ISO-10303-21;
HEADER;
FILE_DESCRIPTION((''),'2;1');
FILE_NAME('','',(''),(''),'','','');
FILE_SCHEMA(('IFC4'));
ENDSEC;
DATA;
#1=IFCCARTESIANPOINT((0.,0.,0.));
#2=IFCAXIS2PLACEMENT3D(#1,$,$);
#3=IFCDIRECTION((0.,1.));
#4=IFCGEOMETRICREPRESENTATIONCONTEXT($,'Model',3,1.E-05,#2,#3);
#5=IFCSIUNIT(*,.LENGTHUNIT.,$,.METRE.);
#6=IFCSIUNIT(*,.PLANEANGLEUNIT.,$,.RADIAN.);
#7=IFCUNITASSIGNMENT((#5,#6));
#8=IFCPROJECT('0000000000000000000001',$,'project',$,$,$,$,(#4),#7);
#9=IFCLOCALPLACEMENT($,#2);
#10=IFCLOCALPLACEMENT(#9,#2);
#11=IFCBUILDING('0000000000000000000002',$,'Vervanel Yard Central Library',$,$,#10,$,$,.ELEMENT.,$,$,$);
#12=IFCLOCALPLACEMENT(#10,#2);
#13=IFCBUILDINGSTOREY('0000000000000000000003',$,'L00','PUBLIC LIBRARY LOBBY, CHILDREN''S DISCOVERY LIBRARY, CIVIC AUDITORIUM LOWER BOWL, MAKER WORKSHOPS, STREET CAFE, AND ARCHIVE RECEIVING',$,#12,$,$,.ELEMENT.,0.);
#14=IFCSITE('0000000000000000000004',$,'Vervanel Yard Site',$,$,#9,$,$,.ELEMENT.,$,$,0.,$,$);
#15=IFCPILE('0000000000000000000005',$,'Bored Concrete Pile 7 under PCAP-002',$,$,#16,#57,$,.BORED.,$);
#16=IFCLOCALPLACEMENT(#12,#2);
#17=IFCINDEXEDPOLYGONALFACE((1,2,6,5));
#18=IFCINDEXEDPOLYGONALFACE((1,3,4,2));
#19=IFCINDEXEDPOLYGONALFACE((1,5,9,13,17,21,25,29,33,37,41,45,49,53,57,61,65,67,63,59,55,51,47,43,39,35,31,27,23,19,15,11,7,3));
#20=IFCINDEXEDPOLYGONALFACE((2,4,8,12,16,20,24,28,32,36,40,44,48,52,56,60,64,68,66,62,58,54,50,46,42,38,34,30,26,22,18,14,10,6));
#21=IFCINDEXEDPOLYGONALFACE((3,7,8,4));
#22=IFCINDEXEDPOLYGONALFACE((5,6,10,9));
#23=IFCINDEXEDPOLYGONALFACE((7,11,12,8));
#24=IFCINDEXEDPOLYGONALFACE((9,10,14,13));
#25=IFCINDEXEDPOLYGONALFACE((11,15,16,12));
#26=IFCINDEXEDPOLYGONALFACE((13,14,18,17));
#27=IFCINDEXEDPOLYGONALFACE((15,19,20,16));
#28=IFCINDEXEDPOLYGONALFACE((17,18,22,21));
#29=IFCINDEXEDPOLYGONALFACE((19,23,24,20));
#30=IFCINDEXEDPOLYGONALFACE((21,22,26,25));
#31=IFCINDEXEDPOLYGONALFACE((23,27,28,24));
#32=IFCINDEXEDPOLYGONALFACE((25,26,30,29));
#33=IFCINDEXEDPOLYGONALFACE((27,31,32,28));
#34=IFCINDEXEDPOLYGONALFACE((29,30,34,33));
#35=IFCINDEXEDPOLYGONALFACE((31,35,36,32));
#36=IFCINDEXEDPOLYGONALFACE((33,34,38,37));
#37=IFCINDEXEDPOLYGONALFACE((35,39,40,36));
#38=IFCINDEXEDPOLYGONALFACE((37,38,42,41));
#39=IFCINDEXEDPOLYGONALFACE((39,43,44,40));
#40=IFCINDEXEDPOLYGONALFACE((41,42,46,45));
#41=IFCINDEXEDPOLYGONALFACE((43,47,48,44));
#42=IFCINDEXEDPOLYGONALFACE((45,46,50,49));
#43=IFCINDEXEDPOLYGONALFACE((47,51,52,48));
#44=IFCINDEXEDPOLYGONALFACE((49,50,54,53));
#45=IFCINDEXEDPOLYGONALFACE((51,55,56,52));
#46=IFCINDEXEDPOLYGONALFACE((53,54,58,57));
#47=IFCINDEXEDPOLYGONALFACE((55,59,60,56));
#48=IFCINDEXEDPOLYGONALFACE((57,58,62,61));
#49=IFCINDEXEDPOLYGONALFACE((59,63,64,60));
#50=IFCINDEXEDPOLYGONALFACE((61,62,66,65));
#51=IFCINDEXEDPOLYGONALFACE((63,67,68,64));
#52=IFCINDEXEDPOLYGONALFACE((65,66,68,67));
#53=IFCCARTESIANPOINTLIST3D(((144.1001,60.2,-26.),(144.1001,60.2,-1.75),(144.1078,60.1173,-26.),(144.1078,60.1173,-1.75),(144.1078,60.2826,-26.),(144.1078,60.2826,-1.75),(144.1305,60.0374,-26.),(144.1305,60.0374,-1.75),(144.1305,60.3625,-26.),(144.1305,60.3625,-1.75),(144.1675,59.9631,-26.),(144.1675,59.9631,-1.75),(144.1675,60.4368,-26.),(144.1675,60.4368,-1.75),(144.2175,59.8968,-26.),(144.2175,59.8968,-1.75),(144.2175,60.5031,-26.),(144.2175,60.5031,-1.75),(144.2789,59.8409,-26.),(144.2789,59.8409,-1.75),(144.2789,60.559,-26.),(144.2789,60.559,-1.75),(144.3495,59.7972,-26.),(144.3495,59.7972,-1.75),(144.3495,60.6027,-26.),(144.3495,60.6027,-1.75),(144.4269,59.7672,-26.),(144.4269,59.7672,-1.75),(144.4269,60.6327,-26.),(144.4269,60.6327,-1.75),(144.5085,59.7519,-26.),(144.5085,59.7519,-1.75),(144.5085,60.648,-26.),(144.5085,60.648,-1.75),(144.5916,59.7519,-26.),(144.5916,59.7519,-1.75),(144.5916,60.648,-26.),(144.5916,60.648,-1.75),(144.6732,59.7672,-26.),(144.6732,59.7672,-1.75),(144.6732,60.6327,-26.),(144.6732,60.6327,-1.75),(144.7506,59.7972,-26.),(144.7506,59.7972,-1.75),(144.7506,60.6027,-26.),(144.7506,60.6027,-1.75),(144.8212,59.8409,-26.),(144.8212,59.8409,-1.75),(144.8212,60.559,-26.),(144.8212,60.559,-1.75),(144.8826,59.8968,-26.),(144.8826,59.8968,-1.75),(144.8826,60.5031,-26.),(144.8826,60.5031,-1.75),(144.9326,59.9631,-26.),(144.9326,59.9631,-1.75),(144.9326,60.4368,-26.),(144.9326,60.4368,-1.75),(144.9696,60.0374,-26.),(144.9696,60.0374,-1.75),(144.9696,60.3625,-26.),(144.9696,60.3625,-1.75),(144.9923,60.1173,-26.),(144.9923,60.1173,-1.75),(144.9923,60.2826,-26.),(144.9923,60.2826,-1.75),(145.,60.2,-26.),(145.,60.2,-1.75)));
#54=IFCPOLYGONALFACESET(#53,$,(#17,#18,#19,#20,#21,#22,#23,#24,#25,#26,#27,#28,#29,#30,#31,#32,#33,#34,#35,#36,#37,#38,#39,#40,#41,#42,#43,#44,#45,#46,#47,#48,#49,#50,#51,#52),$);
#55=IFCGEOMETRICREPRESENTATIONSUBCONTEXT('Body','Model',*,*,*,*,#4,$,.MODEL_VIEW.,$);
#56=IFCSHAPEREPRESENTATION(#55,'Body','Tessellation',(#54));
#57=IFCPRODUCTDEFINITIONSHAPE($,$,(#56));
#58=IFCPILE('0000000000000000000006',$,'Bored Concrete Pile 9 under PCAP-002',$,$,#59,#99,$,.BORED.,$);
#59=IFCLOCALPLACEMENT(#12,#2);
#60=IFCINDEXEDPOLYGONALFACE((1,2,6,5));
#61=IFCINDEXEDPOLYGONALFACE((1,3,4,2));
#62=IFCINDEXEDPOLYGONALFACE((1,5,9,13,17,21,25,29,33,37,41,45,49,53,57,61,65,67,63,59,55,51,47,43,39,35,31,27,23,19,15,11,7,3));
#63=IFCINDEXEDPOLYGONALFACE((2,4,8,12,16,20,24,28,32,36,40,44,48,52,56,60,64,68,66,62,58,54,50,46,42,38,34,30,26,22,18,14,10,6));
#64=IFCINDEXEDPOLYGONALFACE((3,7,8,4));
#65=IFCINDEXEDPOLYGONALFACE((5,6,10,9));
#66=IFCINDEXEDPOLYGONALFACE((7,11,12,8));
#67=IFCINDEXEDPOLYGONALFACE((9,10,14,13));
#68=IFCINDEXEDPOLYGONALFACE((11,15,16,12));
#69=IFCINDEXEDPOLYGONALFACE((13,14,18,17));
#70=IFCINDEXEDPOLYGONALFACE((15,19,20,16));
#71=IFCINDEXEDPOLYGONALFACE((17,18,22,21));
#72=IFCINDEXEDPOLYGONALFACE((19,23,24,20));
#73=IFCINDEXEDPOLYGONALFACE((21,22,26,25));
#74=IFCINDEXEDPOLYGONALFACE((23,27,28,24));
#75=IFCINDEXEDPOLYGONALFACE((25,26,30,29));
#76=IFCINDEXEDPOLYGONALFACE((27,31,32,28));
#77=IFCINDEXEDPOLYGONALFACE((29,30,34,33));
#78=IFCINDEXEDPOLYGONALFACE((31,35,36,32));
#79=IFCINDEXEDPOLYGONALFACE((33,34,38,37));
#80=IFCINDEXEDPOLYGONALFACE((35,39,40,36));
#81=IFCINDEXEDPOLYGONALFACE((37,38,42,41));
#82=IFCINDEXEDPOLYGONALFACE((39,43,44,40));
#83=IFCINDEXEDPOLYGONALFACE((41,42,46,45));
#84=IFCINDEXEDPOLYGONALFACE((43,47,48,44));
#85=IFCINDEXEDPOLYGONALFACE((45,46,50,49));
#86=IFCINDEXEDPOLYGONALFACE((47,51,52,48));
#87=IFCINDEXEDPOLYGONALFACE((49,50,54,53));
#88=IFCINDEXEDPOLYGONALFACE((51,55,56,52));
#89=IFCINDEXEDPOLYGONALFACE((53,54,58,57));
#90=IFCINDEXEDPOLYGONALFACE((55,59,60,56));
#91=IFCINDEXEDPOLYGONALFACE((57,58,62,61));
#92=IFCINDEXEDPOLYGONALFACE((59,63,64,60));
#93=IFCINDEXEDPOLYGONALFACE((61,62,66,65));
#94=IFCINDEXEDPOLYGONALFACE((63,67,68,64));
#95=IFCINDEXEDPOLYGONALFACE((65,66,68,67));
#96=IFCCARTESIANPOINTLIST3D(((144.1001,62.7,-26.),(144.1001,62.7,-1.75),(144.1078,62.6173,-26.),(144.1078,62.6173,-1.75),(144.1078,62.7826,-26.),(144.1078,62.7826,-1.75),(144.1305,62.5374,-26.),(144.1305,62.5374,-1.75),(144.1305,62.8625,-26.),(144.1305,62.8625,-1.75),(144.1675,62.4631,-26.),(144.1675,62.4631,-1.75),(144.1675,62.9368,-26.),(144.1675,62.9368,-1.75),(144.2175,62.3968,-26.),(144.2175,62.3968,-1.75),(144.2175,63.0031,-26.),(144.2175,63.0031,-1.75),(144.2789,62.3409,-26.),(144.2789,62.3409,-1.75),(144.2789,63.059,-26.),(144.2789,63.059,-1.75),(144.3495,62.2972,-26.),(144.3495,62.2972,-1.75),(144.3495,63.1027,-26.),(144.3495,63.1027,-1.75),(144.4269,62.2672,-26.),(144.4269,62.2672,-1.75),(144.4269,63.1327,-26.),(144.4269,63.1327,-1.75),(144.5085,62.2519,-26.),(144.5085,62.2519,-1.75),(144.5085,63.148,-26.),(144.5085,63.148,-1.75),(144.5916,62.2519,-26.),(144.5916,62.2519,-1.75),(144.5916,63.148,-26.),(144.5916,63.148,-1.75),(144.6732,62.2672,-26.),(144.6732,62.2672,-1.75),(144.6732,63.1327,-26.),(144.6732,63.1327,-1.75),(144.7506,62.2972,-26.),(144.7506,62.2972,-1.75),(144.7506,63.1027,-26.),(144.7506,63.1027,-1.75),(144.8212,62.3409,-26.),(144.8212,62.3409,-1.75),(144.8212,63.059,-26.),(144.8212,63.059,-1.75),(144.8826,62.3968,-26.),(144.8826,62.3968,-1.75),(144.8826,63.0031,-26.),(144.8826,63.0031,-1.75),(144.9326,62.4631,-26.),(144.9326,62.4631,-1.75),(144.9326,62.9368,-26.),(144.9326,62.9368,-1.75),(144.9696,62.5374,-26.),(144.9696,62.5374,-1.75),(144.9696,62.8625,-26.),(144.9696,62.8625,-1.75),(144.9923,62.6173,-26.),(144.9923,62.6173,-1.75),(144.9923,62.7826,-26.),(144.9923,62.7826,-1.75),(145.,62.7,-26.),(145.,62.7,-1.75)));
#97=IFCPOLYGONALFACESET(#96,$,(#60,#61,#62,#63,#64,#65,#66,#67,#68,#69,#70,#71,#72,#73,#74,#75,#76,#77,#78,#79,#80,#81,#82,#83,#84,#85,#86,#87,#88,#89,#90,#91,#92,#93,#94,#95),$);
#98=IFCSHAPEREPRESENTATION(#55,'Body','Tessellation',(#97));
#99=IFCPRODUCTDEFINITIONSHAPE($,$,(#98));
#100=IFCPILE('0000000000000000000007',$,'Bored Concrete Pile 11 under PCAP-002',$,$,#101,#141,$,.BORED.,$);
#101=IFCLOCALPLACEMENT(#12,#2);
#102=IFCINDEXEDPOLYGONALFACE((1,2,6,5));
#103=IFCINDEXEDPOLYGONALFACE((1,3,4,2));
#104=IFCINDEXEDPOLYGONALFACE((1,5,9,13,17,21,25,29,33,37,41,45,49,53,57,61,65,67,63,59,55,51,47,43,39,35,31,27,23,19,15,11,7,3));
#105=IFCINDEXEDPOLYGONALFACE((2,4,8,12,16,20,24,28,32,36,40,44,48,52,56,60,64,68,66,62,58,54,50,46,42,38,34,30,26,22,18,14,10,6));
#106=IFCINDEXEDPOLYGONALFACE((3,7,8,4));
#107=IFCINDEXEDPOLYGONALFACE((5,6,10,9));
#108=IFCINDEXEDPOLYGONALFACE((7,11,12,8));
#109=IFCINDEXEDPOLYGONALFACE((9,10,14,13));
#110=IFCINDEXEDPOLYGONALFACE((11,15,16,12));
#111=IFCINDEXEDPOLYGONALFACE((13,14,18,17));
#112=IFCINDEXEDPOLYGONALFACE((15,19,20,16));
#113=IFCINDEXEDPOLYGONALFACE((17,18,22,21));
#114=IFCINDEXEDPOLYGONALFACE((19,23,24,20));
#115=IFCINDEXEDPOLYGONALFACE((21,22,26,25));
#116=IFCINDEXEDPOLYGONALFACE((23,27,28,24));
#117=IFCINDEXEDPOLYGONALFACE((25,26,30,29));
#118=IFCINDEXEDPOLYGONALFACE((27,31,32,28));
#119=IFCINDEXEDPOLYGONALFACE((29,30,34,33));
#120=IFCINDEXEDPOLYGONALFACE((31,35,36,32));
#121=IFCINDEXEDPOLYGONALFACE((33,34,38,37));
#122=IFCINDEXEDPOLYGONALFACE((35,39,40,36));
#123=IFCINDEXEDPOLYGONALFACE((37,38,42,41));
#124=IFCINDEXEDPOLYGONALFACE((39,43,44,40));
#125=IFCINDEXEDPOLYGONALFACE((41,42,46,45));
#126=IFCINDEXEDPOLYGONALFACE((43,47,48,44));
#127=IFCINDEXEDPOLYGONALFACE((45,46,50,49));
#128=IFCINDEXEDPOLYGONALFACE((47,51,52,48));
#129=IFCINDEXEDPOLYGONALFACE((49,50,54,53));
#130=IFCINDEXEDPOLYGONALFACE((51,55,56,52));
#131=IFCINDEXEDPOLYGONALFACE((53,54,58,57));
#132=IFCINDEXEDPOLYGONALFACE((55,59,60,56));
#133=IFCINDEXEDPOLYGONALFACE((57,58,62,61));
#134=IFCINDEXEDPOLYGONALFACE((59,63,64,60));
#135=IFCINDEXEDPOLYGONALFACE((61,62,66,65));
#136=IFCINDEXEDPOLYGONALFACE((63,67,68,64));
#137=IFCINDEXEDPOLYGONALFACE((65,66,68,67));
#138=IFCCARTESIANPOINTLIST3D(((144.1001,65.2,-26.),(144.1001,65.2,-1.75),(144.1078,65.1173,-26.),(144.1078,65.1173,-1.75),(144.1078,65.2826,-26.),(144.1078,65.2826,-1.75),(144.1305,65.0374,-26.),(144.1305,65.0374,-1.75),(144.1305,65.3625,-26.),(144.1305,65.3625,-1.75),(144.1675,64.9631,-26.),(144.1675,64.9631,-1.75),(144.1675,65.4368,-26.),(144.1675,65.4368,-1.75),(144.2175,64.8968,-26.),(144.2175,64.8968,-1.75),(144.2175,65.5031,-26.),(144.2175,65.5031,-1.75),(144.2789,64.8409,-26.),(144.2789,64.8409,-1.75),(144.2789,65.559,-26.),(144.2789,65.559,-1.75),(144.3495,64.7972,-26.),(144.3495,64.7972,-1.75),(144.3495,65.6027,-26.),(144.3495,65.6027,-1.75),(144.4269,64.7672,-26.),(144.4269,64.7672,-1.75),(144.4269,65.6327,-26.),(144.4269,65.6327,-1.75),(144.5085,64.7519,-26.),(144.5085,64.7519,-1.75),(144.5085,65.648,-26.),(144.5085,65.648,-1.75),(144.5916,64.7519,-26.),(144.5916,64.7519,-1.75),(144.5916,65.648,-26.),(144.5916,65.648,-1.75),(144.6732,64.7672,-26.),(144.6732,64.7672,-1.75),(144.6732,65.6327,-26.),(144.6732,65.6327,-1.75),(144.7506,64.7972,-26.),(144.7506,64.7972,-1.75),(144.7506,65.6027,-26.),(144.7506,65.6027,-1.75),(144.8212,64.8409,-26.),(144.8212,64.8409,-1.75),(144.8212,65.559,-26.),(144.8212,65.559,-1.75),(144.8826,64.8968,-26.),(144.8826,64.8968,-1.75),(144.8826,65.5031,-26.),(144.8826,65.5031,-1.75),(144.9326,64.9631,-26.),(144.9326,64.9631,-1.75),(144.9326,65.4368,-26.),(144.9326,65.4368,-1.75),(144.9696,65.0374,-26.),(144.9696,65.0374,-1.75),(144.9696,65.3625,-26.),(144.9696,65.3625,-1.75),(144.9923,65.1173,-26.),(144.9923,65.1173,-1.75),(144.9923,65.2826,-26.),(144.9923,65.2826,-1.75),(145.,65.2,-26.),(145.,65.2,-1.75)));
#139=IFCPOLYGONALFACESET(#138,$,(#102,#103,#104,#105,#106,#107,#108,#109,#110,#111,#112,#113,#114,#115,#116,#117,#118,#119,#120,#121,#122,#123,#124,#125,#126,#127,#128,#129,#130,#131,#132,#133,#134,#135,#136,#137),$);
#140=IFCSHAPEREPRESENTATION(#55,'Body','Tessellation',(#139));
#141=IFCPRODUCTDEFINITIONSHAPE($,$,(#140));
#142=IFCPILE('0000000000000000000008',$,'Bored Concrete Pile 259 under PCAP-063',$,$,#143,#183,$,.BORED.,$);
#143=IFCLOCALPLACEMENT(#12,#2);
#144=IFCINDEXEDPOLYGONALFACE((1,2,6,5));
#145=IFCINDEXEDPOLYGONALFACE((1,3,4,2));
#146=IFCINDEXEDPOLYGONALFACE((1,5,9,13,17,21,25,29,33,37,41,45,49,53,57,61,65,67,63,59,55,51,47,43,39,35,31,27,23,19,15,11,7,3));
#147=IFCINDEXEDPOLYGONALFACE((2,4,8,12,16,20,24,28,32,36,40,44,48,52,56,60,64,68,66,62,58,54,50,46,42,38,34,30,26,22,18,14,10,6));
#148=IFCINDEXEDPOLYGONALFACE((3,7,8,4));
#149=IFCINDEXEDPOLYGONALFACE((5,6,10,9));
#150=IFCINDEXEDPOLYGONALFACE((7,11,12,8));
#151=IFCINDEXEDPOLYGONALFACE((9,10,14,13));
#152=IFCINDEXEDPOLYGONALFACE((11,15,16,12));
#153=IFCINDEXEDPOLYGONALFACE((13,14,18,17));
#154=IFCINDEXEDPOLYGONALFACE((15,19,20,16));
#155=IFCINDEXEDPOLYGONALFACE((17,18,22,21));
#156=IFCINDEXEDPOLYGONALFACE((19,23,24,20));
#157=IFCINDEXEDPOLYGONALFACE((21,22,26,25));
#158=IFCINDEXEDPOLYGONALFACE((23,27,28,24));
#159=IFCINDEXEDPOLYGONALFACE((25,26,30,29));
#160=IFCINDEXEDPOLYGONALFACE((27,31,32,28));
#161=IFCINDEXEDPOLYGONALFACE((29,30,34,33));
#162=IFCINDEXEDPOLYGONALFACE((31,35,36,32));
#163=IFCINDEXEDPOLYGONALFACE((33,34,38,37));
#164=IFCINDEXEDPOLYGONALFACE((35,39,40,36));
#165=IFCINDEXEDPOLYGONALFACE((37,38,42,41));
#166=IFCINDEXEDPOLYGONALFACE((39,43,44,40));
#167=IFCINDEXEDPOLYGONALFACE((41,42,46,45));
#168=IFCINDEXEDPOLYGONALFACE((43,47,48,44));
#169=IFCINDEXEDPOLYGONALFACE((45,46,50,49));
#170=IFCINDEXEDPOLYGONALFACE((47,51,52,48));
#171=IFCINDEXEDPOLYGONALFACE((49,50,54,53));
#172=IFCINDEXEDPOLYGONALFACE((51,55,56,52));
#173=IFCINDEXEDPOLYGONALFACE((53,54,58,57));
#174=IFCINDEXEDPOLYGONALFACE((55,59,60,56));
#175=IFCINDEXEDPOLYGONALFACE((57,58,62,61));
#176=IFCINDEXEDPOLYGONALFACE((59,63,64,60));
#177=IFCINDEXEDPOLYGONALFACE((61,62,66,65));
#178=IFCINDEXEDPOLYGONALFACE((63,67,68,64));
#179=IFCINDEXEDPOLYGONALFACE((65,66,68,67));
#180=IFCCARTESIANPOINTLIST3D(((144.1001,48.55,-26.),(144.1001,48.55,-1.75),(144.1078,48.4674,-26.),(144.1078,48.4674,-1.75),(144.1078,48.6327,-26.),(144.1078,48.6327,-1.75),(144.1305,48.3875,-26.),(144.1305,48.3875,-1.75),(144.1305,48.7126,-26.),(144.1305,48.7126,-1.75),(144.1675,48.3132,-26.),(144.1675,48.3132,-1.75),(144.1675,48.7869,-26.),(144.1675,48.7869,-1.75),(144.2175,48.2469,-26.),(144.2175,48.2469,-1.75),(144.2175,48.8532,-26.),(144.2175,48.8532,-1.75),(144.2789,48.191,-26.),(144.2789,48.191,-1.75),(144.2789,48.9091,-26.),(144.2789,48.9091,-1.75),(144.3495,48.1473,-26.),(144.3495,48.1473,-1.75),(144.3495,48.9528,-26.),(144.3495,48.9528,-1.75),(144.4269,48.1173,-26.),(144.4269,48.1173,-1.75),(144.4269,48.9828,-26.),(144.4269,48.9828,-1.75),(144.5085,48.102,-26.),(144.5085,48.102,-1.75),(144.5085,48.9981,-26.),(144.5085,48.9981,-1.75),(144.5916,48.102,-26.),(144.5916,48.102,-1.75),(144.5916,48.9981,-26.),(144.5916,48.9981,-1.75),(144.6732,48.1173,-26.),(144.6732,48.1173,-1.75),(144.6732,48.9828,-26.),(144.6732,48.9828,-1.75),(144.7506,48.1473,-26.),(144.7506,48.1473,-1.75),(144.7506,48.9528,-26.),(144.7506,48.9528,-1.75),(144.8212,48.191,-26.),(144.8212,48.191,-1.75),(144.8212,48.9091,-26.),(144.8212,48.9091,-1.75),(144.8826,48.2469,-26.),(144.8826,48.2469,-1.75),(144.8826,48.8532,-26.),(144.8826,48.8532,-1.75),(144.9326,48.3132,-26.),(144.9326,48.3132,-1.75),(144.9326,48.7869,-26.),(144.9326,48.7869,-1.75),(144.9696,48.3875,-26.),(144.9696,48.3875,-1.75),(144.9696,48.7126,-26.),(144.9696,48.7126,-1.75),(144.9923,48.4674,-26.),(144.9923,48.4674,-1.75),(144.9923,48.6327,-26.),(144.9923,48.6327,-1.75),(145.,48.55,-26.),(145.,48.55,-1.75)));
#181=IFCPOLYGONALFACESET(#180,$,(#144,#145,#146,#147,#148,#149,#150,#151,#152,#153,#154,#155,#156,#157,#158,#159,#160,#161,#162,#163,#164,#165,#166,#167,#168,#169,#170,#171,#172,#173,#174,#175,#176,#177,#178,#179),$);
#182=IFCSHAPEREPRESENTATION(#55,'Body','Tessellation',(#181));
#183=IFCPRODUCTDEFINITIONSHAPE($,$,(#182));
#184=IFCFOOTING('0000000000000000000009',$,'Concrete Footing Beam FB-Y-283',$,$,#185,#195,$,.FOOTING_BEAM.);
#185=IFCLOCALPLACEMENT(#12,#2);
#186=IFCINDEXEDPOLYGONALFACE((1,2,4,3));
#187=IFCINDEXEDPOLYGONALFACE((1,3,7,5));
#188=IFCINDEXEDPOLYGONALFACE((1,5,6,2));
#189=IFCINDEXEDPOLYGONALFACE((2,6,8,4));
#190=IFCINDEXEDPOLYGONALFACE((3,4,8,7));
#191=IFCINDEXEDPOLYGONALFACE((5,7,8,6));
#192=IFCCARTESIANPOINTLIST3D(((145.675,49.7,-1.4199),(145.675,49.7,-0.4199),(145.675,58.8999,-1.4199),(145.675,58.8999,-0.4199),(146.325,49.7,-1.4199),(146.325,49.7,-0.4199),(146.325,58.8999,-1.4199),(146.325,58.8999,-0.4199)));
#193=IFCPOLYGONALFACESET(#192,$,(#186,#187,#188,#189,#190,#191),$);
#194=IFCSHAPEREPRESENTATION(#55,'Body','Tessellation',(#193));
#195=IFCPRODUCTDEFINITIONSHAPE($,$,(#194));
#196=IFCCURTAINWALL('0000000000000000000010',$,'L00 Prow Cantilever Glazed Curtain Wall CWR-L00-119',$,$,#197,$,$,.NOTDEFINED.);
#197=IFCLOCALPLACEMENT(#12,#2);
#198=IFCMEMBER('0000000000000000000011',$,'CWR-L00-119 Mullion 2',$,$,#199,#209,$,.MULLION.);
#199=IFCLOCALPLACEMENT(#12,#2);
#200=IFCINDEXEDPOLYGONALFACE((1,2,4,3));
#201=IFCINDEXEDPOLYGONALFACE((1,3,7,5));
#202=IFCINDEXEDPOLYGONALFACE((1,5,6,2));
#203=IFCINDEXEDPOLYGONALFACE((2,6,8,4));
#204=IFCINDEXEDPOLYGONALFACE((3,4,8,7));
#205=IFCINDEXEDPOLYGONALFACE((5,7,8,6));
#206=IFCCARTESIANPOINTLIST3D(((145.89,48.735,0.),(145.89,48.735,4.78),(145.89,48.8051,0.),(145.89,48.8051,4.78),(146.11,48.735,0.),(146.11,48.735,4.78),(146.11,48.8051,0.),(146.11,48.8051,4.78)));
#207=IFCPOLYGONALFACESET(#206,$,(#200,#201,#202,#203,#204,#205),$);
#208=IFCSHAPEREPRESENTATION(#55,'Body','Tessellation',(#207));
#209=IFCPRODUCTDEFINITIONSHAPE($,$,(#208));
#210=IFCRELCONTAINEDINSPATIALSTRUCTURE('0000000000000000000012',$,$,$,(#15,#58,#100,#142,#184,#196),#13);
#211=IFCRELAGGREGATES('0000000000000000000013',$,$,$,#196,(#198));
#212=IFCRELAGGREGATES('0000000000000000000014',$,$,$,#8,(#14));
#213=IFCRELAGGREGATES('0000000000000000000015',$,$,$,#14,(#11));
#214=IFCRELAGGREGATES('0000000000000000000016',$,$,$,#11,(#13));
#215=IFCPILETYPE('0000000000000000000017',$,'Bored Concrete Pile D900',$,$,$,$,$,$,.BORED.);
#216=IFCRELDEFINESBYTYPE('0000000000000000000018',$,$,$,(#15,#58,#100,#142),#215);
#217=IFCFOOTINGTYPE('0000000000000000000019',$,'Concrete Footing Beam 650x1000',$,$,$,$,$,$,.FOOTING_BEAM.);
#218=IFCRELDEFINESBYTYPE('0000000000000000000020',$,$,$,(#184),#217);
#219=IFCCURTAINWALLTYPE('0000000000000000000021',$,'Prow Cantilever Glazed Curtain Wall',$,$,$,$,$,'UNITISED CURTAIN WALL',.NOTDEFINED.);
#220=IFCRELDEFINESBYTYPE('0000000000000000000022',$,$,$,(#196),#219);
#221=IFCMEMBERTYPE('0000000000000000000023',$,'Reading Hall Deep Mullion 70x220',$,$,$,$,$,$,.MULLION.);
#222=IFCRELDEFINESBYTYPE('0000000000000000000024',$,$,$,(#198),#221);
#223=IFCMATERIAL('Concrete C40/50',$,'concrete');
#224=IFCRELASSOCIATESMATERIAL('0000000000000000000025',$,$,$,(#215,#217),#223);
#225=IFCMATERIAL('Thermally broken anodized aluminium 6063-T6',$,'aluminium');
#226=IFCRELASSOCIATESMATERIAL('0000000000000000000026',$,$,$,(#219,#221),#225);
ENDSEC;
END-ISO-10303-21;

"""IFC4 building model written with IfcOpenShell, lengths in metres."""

from ifc_helpers import new_model, si_unit, direction, frame, origin, origin_2d, place, context, subcontext, project, spatial, rectangle, circle, extrude, material, material_profile, profile_set, type_object, element, aggregate, save


model = new_model("IFC4")

# Units and contexts
model_context = context("Model", 3, precision=1e-05, world=origin(), true_north=direction((0.0, 1.0)))
body_context = subcontext(model_context, "Body", "Model", "MODEL_VIEW")
ifc_project = project(units=[si_unit("LENGTHUNIT", "METRE"), si_unit("PLANEANGLEUNIT", "RADIAN")], contexts=[model_context])

# Site, building, storey
site_placement = place(None, origin())
site = spatial("IfcSite", under=ifc_project, at=site_placement, Name="Vervanel Yard Site", CompositionType="ELEMENT", RefElevation=0.0)
building_placement = place(site_placement, origin())
building = spatial("IfcBuilding", under=site, at=building_placement, Name="Vervanel Yard Central Library", CompositionType="ELEMENT")
storey_placement = place(building_placement, origin())
storey = spatial("IfcBuildingStorey", under=building, at=storey_placement, Name="L00", Description="PUBLIC LIBRARY LOBBY, CHILDREN'S DISCOVERY LIBRARY, CIVIC AUDITORIUM LOWER BOWL, MAKER WORKSHOPS, STREET CAFE, AND ARCHIVE RECEIVING", CompositionType="ELEMENT", Elevation=0.0)

# Piles
ifc_material_1 = material(Name="Concrete C40/50", Category="concrete")
ifc_material_profile_1 = material_profile(ifc_material_1, circle(Radius=0.45, at=origin_2d()), Name="BP D900", Category="concrete")
ifc_profile_set_1 = profile_set([ifc_material_profile_1], Name="Concrete C40/50")
pile_type = type_object("IfcPileType", Name="Bored Concrete Pile D900", PredefinedType="BORED", material=ifc_profile_set_1)
for number, where, z_axis, x_axis, name in (
    (1, (144.55, 60.2, -1.75), (0.0, 0.0, -1.0), (1.0, 0.0, 0.0), "Bored Concrete Pile 7 under PCAP-002"),
    (2, (144.55, 62.7, -1.75), (0.0, 0.0, -1.0), (1.0, 0.0, 0.0), "Bored Concrete Pile 9 under PCAP-002"),
    (3, (144.55, 65.2, -1.75), (0.0, 0.0, -1.0), (1.0, 0.0, 0.0), "Bored Concrete Pile 11 under PCAP-002"),
    (4, (144.55, 48.55, -1.75), (0.0, 0.0, -1.0), (1.0, 0.0, 0.0), "Bored Concrete Pile 259 under PCAP-063"),
):
    element("IfcPile", number, at=place(storey_placement, frame(where, z_axis=z_axis, x_axis=x_axis)), inside=storey, type_object=pile_type, Name=name, PredefinedType="BORED", context=body_context, shape_type="SweptSolid", body=[
        extrude(circle(Radius=0.45, at=origin_2d()), origin(), (0.0, 0.0, 1.0), 24.25),
    ])

# Footing
ifc_material_profile_2 = material_profile(ifc_material_1, rectangle(XDim=0.6499, YDim=1.0, at=origin_2d()), Name="RC 650x1000", Category="concrete")
ifc_profile_set_2 = profile_set([ifc_material_profile_2], Name="Concrete C40/50")
footing_type = type_object("IfcFootingType", Name="Concrete Footing Beam 650x1000", PredefinedType="FOOTING_BEAM", material=ifc_profile_set_2)
footing_placement = place(storey_placement, frame((146.0, 49.7, -0.9199), z_axis=(0.0, 1.0, 0.0), x_axis=(-1.0, 0.0, 0.0)))
element("IfcFooting", 5, at=footing_placement, inside=storey, type_object=footing_type, Name="Concrete Footing Beam FB-Y-283", PredefinedType="FOOTING_BEAM", context=body_context, shape_type="SweptSolid", body=[
    extrude(rectangle(XDim=0.6499, YDim=1.0, at=origin_2d()), origin(), (0.0, 0.0, 1.0), 9.2),
])

# Curtain wall, member
ifc_material_2 = material(Name="Thermally broken anodized aluminium 6063-T6", Category="aluminium")
curtain_wall_type = type_object("IfcCurtainWallType", Name="Prow Cantilever Glazed Curtain Wall", ElementType="UNITISED CURTAIN WALL", PredefinedType="NOTDEFINED", material=ifc_material_2)
curtain_wall_placement = place(storey_placement, origin())
curtain_wall = element("IfcCurtainWall", 6, at=curtain_wall_placement, inside=storey, type_object=curtain_wall_type, Name="L00 Prow Cantilever Glazed Curtain Wall CWR-L00-119", PredefinedType="NOTDEFINED")
ifc_material_profile_3 = material_profile(ifc_material_2, rectangle(XDim=0.0701, YDim=0.22, at=origin_2d()), Name="ALU 70x220", Category="aluminium")
ifc_profile_set_3 = profile_set([ifc_material_profile_3], Name="Thermally broken anodized aluminium 6063-T6")
member_type_1 = type_object("IfcMemberType", Name="Reading Hall Deep Mullion 70x220", PredefinedType="MULLION", material=ifc_profile_set_3)
member_1_placement = place(storey_placement, frame((146.0, 48.77, 0.0), z_axis=(0.0, 0.0, 1.0), x_axis=(0.0, 1.0, 0.0)))
member_1 = element("IfcMember", 7, at=member_1_placement, type_object=member_type_1, Name="CWR-L00-119 Mullion 2", PredefinedType="MULLION", context=body_context, shape_type="SweptSolid", body=[
    extrude(rectangle(XDim=0.0701, YDim=0.22, at=origin_2d()), origin(), (0.0, 0.0, 1.0), 4.78),
])
aggregate(curtain_wall, [member_1])

save(model, "model.ifc")
